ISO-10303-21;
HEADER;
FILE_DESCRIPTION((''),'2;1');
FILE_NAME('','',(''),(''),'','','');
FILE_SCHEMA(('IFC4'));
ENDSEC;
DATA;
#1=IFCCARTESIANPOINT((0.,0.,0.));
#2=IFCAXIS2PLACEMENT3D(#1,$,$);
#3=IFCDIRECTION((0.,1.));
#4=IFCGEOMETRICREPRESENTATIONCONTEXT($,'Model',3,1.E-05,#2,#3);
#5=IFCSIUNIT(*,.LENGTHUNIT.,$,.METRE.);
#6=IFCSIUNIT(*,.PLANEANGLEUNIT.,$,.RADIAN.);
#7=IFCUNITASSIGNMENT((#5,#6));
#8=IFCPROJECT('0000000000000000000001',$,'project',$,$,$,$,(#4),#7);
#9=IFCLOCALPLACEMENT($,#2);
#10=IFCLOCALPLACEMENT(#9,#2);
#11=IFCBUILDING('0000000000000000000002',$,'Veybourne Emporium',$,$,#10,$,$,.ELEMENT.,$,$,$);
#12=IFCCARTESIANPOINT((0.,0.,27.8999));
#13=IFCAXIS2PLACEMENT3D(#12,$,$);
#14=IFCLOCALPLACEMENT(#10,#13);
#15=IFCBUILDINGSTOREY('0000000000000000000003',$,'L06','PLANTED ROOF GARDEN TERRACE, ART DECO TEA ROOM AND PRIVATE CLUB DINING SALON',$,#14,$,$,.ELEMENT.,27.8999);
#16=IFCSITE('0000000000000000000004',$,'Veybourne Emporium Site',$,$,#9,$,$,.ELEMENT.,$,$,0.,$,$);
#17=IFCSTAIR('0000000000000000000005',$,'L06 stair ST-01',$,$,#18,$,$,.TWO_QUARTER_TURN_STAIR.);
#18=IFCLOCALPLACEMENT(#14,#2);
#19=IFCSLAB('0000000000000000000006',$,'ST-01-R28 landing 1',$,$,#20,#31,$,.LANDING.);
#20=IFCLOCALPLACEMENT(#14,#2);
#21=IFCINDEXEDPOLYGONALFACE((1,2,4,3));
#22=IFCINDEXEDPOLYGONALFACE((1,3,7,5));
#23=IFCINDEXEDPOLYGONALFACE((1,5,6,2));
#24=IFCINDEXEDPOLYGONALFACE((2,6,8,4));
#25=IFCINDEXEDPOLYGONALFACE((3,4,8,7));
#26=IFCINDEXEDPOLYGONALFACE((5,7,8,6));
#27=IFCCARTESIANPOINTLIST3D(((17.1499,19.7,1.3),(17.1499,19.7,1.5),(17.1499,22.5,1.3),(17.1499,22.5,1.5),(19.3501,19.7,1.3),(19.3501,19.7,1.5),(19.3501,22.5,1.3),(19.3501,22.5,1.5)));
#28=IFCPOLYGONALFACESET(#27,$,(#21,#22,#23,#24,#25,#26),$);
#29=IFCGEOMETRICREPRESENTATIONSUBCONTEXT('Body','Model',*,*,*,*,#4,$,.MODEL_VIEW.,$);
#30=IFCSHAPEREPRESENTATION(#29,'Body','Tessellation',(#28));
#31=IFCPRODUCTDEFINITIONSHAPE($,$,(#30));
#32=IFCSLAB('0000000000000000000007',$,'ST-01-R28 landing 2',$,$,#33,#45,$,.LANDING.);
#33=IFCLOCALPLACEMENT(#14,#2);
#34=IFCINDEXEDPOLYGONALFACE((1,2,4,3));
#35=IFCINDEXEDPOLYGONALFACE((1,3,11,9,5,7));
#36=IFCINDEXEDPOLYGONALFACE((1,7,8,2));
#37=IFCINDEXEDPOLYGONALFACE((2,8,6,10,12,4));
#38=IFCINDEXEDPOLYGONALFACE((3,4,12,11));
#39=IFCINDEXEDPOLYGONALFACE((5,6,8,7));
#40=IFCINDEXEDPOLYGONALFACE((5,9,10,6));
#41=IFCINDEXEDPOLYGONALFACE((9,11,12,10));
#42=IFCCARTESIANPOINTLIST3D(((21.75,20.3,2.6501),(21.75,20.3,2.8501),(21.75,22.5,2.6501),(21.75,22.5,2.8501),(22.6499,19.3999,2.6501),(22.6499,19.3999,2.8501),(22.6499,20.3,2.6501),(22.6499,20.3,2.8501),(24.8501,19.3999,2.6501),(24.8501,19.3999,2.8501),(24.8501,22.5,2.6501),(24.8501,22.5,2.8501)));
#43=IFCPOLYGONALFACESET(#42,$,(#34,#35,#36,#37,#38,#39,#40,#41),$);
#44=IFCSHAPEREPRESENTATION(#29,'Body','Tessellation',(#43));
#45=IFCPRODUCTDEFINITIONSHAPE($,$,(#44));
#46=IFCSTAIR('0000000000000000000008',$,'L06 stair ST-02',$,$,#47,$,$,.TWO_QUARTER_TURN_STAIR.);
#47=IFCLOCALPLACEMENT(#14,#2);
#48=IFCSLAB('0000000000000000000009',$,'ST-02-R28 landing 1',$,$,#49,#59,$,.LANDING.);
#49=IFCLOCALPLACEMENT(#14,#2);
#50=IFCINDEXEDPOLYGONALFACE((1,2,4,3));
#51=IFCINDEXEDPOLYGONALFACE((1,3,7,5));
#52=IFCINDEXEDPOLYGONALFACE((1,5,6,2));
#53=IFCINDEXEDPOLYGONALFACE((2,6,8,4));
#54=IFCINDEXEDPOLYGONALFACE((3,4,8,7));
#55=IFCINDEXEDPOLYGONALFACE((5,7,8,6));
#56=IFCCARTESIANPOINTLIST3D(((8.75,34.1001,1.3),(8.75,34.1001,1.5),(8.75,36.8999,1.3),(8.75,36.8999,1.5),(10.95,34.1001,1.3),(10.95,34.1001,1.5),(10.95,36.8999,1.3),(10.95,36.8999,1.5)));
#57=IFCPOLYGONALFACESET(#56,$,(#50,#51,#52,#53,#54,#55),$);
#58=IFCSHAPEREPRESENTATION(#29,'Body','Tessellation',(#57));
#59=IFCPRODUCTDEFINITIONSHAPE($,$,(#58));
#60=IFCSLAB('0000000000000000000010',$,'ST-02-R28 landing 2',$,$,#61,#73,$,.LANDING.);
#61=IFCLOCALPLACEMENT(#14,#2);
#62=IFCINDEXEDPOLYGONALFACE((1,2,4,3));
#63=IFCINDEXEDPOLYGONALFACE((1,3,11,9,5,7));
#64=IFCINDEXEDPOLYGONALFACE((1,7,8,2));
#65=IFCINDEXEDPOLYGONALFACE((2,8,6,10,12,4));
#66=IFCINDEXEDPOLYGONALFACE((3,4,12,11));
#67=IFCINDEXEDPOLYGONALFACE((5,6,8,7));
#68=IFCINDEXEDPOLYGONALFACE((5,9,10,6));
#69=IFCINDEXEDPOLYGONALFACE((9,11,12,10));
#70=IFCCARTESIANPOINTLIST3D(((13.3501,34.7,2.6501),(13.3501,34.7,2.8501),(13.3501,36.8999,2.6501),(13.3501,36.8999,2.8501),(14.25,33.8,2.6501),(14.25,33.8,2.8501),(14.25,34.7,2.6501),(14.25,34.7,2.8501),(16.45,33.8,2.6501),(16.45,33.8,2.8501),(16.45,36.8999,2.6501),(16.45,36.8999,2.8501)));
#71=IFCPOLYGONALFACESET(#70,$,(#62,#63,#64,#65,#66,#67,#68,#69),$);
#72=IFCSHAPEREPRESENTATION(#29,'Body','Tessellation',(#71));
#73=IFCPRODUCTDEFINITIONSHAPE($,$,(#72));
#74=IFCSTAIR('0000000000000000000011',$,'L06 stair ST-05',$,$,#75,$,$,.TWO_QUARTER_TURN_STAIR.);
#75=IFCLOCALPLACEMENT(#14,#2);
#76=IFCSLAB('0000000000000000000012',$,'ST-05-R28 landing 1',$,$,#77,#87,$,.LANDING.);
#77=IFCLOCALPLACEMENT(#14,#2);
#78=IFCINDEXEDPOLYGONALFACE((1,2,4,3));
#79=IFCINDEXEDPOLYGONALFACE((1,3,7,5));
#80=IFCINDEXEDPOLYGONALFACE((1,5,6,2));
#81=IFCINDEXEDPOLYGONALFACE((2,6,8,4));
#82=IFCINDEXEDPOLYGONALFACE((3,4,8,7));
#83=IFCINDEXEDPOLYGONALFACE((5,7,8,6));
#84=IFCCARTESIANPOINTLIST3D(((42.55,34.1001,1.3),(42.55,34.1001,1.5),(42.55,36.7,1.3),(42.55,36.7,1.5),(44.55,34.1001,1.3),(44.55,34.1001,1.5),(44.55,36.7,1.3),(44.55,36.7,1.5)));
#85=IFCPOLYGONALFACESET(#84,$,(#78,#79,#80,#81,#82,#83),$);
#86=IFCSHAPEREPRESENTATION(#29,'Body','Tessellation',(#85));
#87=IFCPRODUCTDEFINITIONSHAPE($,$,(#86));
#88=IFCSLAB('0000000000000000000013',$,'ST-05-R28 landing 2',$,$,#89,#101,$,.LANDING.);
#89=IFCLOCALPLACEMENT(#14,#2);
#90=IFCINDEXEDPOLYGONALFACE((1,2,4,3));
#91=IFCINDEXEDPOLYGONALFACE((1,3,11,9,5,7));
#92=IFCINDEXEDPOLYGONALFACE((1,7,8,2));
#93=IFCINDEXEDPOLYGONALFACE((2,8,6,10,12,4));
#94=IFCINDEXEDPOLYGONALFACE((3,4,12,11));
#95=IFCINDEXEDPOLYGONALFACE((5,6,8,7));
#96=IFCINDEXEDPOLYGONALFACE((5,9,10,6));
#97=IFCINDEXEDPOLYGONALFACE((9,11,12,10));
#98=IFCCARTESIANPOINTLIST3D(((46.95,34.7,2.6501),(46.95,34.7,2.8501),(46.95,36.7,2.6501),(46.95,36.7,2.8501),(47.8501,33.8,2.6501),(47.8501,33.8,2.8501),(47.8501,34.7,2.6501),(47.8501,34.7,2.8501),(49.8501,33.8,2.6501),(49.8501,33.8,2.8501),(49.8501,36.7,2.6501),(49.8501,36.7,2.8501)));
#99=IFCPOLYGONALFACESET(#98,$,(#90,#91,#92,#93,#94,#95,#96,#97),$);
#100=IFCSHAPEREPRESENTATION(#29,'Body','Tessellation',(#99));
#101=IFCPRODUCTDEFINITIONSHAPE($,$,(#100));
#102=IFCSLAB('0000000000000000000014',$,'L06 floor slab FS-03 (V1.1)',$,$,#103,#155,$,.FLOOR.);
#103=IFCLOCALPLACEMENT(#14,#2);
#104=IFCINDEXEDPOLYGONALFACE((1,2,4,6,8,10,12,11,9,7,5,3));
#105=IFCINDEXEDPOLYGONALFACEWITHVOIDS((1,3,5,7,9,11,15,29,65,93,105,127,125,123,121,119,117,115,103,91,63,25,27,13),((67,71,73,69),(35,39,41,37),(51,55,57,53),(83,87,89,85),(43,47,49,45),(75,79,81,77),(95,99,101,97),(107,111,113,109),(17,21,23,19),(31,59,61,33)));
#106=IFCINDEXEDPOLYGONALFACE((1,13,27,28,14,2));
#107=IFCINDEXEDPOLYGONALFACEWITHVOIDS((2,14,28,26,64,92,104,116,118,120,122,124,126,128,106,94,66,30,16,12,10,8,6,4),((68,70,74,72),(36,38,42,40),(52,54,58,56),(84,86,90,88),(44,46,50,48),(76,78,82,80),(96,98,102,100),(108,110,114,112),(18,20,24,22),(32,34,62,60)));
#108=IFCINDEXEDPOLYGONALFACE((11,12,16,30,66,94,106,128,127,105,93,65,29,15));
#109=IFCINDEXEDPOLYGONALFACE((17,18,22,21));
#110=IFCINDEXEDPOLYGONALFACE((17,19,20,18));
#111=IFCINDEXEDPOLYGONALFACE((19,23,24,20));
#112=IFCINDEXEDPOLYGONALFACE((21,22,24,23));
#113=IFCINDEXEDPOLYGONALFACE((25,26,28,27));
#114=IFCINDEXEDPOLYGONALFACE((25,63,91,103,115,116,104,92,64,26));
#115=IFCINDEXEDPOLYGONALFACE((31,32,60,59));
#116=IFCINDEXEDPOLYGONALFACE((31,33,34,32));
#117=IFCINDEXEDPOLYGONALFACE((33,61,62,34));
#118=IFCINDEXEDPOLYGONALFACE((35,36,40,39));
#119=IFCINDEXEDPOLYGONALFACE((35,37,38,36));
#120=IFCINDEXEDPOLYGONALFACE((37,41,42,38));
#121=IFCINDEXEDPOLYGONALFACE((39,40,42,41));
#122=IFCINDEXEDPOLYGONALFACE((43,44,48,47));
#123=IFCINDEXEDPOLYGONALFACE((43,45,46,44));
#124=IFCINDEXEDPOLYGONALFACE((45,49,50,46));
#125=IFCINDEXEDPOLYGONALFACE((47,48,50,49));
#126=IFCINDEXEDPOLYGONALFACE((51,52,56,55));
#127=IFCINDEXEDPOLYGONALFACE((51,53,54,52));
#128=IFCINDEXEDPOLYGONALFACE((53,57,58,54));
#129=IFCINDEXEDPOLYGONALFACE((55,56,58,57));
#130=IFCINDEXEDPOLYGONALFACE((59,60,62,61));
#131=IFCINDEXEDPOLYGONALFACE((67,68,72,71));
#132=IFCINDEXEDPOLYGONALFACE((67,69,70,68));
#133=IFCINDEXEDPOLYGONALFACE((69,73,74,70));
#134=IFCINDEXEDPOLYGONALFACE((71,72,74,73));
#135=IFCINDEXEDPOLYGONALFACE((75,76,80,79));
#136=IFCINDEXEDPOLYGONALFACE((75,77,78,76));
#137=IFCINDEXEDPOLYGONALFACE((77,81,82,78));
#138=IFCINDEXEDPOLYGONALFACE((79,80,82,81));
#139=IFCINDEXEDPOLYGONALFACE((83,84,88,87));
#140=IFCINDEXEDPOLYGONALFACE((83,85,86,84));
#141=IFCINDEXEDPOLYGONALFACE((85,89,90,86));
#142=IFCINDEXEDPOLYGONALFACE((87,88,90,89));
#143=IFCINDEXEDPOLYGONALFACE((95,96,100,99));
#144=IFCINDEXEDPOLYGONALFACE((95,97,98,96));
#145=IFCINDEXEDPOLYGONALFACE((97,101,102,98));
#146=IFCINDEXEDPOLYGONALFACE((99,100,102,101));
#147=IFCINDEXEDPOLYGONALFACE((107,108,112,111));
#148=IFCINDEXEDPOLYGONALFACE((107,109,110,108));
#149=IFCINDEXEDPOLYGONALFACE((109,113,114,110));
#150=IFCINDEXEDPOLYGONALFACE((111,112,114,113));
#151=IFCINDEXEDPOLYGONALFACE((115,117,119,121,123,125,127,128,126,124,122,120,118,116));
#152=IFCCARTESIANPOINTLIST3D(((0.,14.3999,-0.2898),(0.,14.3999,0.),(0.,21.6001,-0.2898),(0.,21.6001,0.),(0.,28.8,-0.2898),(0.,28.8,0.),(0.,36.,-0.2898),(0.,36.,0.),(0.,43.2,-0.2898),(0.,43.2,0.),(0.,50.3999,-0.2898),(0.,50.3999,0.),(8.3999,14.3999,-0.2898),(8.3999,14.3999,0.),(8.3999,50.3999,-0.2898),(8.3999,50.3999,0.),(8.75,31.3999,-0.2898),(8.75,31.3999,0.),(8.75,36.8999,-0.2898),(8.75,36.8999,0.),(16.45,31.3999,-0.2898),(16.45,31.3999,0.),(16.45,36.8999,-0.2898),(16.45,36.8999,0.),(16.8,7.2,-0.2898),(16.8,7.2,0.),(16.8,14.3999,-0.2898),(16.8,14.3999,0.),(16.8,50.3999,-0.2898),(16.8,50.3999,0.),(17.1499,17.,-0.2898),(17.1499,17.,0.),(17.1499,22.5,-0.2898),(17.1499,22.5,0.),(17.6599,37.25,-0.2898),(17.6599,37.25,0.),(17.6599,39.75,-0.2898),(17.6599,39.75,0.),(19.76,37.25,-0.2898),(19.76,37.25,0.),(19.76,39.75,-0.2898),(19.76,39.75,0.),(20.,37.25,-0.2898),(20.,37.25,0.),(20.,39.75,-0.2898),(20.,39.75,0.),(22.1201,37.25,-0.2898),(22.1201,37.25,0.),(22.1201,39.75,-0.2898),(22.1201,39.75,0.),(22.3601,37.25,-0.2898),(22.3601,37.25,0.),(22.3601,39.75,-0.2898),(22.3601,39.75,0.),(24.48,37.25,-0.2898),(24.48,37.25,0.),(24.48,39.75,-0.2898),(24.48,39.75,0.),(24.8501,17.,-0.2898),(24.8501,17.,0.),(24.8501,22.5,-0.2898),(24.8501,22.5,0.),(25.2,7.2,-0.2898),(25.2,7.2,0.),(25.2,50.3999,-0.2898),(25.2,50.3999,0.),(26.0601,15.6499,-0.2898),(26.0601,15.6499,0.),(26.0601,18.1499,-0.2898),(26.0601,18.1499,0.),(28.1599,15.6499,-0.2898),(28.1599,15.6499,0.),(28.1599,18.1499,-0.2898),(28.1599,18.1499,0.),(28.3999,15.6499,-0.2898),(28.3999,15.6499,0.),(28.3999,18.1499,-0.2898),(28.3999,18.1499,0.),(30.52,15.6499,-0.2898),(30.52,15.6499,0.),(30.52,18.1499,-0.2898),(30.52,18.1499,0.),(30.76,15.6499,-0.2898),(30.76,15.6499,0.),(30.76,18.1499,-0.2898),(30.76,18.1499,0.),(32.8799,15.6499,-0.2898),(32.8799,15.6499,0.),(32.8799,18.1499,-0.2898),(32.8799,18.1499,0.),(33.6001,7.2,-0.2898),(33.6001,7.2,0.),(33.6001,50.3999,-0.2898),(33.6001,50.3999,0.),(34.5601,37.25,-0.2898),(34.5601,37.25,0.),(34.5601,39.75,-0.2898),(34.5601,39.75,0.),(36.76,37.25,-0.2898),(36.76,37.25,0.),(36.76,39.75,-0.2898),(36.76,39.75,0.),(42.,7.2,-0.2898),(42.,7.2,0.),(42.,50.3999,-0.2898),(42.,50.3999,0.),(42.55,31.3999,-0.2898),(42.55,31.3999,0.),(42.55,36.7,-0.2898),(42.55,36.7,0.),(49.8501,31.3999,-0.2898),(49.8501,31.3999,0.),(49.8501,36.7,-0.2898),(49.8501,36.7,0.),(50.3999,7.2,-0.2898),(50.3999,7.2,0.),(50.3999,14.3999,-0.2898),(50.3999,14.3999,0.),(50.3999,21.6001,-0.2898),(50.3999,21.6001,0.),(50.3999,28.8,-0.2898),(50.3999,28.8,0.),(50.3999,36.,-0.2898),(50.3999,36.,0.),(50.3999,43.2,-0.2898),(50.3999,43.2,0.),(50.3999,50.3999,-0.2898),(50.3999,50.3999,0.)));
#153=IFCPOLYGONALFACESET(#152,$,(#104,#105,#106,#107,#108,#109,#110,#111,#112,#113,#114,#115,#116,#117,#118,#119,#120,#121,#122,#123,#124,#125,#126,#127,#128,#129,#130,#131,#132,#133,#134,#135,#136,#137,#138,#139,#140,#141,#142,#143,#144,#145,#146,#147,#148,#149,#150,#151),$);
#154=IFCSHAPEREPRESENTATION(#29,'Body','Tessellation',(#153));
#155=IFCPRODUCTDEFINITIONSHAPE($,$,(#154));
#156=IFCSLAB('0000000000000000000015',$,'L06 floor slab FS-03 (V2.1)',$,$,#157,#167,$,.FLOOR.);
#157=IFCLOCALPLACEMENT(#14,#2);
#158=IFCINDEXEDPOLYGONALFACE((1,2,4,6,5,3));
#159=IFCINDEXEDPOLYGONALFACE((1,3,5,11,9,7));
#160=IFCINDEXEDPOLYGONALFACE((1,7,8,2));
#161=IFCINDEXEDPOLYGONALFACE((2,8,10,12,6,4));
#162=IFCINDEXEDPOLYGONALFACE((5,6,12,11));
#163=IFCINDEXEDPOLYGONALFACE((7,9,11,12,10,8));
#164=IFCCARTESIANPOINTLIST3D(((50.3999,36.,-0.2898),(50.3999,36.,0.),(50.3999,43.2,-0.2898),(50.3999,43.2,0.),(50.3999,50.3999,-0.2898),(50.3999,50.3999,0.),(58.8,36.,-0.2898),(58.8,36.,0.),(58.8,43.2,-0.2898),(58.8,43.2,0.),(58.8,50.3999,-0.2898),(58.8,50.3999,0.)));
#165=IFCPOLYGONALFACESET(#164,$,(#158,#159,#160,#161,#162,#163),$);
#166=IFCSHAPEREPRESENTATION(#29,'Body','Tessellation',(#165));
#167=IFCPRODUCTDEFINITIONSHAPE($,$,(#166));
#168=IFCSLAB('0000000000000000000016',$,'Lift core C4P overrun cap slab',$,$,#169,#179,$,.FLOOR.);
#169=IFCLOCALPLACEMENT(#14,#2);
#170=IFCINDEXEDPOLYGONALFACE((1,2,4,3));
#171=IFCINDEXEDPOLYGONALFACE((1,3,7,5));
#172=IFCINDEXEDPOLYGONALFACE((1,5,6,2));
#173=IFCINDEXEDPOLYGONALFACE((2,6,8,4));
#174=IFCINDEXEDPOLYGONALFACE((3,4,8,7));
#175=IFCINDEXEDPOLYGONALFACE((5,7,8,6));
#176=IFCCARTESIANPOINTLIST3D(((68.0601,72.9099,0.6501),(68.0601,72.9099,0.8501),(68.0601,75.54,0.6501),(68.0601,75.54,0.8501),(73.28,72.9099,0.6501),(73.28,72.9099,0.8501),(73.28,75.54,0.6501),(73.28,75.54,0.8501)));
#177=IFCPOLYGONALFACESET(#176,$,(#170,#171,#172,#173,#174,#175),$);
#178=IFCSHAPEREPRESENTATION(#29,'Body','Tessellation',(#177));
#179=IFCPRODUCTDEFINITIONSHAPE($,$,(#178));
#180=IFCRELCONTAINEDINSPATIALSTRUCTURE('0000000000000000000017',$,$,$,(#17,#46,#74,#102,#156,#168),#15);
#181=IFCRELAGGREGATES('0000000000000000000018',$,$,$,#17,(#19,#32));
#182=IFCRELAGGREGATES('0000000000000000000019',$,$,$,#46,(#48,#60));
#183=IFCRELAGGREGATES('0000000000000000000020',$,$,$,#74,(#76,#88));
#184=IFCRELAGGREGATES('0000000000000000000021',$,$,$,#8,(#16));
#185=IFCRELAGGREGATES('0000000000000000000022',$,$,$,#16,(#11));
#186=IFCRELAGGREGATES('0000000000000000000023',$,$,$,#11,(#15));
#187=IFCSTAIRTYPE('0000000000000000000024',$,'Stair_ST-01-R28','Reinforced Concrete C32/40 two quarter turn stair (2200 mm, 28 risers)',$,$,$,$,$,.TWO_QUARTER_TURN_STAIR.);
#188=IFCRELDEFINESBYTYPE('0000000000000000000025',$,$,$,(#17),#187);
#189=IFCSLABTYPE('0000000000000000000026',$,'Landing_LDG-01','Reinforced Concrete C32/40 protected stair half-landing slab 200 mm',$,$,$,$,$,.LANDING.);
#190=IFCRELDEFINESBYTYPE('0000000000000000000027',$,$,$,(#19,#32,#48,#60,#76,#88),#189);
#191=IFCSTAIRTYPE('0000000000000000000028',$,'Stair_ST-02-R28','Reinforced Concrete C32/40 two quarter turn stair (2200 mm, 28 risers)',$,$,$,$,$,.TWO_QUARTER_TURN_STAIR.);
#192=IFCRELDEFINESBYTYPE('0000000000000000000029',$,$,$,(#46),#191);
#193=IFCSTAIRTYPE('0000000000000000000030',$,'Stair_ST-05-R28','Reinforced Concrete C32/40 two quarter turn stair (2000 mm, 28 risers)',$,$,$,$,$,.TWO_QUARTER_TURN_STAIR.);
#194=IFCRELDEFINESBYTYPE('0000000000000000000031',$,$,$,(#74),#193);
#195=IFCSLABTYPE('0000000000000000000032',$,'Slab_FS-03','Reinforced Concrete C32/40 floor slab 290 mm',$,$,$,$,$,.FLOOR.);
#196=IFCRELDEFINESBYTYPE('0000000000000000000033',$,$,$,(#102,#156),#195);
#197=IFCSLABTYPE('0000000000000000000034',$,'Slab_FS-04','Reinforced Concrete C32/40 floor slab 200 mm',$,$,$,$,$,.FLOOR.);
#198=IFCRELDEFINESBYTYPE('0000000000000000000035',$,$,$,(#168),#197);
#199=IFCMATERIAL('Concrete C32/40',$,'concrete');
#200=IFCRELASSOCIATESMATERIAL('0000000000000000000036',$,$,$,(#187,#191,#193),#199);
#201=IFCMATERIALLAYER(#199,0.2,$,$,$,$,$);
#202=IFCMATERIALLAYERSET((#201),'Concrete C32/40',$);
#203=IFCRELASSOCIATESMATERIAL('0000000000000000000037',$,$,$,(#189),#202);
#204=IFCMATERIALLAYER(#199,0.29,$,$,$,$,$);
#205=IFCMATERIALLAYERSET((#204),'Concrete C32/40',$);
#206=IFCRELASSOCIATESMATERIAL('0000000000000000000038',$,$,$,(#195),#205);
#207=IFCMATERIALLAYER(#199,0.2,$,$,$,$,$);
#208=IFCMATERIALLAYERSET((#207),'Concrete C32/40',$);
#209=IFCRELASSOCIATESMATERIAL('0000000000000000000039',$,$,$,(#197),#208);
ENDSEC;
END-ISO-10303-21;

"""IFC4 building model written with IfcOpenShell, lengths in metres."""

from ifc_helpers import new_model, si_unit, direction, frame, origin, place, context, subcontext, project, spatial, polyline, outline, extrude, material, layer, layer_set, type_object, element, aggregate, save


model = new_model("IFC4")

# Units and contexts
model_context = context("Model", 3, precision=1e-05, world=origin(), true_north=direction((0.0, 1.0)))
body_context = subcontext(model_context, "Body", "Model", "MODEL_VIEW")
ifc_project = project(units=[si_unit("LENGTHUNIT", "METRE"), si_unit("PLANEANGLEUNIT", "RADIAN")], contexts=[model_context])

# Site, building, storey
site_placement = place(None, origin())
site = spatial("IfcSite", under=ifc_project, at=site_placement, Name="Veybourne Emporium Site", CompositionType="ELEMENT", RefElevation=0.0)
building_placement = place(site_placement, origin())
building = spatial("IfcBuilding", under=site, at=building_placement, Name="Veybourne Emporium", CompositionType="ELEMENT")
storey_placement = place(building_placement, frame((0.0, 0.0, 27.8999)))
storey = spatial("IfcBuildingStorey", under=building, at=storey_placement, Name="L06", Description="PLANTED ROOF GARDEN TERRACE, ART DECO TEA ROOM AND PRIVATE CLUB DINING SALON", CompositionType="ELEMENT", Elevation=27.8999)

# Stairs, slabs
ifc_material_1 = material(Name="Concrete C32/40", Category="concrete")
stair_type_1 = type_object("IfcStairType", Name="Stair_ST-01-R28", Description="Reinforced Concrete C32/40 two quarter turn stair (2200 mm, 28 risers)", PredefinedType="TWO_QUARTER_TURN_STAIR", material=ifc_material_1)
stair_1_placement = place(storey_placement, origin())
stair_1 = element("IfcStair", 1, at=stair_1_placement, inside=storey, type_object=stair_type_1, Name="L06 stair ST-01", PredefinedType="TWO_QUARTER_TURN_STAIR")
ifc_layer_1 = layer(ifc_material_1, 0.2)
ifc_layer_set_1 = layer_set([ifc_layer_1], Name="Concrete C32/40")
slab_type_1 = type_object("IfcSlabType", Name="Landing_LDG-01", Description="Reinforced Concrete C32/40 protected stair half-landing slab 200 mm", PredefinedType="LANDING", material=ifc_layer_set_1)
slab_1_placement = place(storey_placement, frame((0.0, 0.0, 1.3)))
slab_1 = element("IfcSlab", 2, at=slab_1_placement, type_object=slab_type_1, Name="ST-01-R28 landing 1", PredefinedType="LANDING", context=body_context, shape_type="SweptSolid", body=[
    extrude(outline(polyline([(17.1499, 19.7), (19.3501, 19.7), (19.3501, 22.5), (17.1499, 22.5), (17.1499, 19.7)])), origin(), (0.0, 0.0, 1.0), 0.2),
])
slab_2_placement = place(storey_placement, frame((0.0, 0.0, 2.6501)))
slab_2 = element("IfcSlab", 3, at=slab_2_placement, type_object=slab_type_1, Name="ST-01-R28 landing 2", PredefinedType="LANDING", context=body_context, shape_type="SweptSolid", body=[
    extrude(outline(polyline([(21.75, 20.3), (22.6499, 20.3), (22.6499, 19.3999), (24.8501, 19.3999), (24.8501, 22.5), (21.75, 22.5), (21.75, 20.3)])), origin(), (0.0, 0.0, 1.0), 0.2),
])
aggregate(stair_1, [slab_1, slab_2])
stair_type_2 = type_object("IfcStairType", Name="Stair_ST-02-R28", Description="Reinforced Concrete C32/40 two quarter turn stair (2200 mm, 28 risers)", PredefinedType="TWO_QUARTER_TURN_STAIR", material=ifc_material_1)
stair_2_placement = place(storey_placement, origin())
stair_2 = element("IfcStair", 4, at=stair_2_placement, inside=storey, type_object=stair_type_2, Name="L06 stair ST-02", PredefinedType="TWO_QUARTER_TURN_STAIR")
slab_3_placement = place(storey_placement, frame((0.0, 0.0, 1.3)))
slab_3 = element("IfcSlab", 5, at=slab_3_placement, type_object=slab_type_1, Name="ST-02-R28 landing 1", PredefinedType="LANDING", context=body_context, shape_type="SweptSolid", body=[
    extrude(outline(polyline([(8.75, 34.1001), (10.95, 34.1001), (10.95, 36.8999), (8.75, 36.8999), (8.75, 34.1001)])), origin(), (0.0, 0.0, 1.0), 0.2),
])
slab_4_placement = place(storey_placement, frame((0.0, 0.0, 2.6501)))
slab_4 = element("IfcSlab", 6, at=slab_4_placement, type_object=slab_type_1, Name="ST-02-R28 landing 2", PredefinedType="LANDING", context=body_context, shape_type="SweptSolid", body=[
    extrude(outline(polyline([(13.3501, 34.7), (14.25, 34.7), (14.25, 33.8), (16.45, 33.8), (16.45, 36.8999), (13.3501, 36.8999), (13.3501, 34.7)])), origin(), (0.0, 0.0, 1.0), 0.2),
])
aggregate(stair_2, [slab_3, slab_4])
stair_type_3 = type_object("IfcStairType", Name="Stair_ST-05-R28", Description="Reinforced Concrete C32/40 two quarter turn stair (2000 mm, 28 risers)", PredefinedType="TWO_QUARTER_TURN_STAIR", material=ifc_material_1)
stair_3_placement = place(storey_placement, origin())
stair_3 = element("IfcStair", 7, at=stair_3_placement, inside=storey, type_object=stair_type_3, Name="L06 stair ST-05", PredefinedType="TWO_QUARTER_TURN_STAIR")
slab_5_placement = place(storey_placement, frame((0.0, 0.0, 1.3)))
slab_5 = element("IfcSlab", 8, at=slab_5_placement, type_object=slab_type_1, Name="ST-05-R28 landing 1", PredefinedType="LANDING", context=body_context, shape_type="SweptSolid", body=[
    extrude(outline(polyline([(42.55, 34.1001), (44.55, 34.1001), (44.55, 36.7), (42.55, 36.7), (42.55, 34.1001)])), origin(), (0.0, 0.0, 1.0), 0.2),
])
slab_6_placement = place(storey_placement, frame((0.0, 0.0, 2.6501)))
slab_6 = element("IfcSlab", 9, at=slab_6_placement, type_object=slab_type_1, Name="ST-05-R28 landing 2", PredefinedType="LANDING", context=body_context, shape_type="SweptSolid", body=[
    extrude(outline(polyline([(46.95, 34.7), (47.8501, 34.7), (47.8501, 33.8), (49.8501, 33.8), (49.8501, 36.7), (46.95, 36.7), (46.95, 34.7)])), origin(), (0.0, 0.0, 1.0), 0.2),
])
aggregate(stair_3, [slab_5, slab_6])

# Slabs
ifc_layer_2 = layer(ifc_material_1, 0.29)
ifc_layer_set_2 = layer_set([ifc_layer_2], Name="Concrete C32/40")
slab_type_2 = type_object("IfcSlabType", Name="Slab_FS-03", Description="Reinforced Concrete C32/40 floor slab 290 mm", PredefinedType="FLOOR", material=ifc_layer_set_2)
slab_7_placement = place(storey_placement, frame((0.0, 0.0, -0.2898)))
element("IfcSlab", 10, at=slab_7_placement, inside=storey, type_object=slab_type_2, Name="L06 floor slab FS-03 (V1.1)", PredefinedType="FLOOR", context=body_context, shape_type="SweptSolid", body=[
    extrude(outline(polyline([(0.0, 21.6001), (0.0, 28.8), (0.0, 36.0), (0.0, 43.2), (0.0, 50.3999), (8.3999, 50.3999), (16.8, 50.3999), (25.2, 50.3999), (33.6001, 50.3999), (42.0, 50.3999), (50.3999, 50.3999), (50.3999, 43.2), (50.3999, 36.0), (50.3999, 28.8), (50.3999, 21.6001), (50.3999, 14.3999), (50.3999, 7.2), (42.0, 7.2), (33.6001, 7.2), (25.2, 7.2), (16.8, 7.2), (16.8, 14.3999), (8.3999, 14.3999), (0.0, 14.3999), (0.0, 21.6001)]), holes=[polyline([(28.1599, 18.1499), (26.0601, 18.1499), (26.0601, 15.6499), (28.1599, 15.6499), (28.1599, 18.1499)]), polyline([(30.52, 18.1499), (28.3999, 18.1499), (28.3999, 15.6499), (30.52, 15.6499), (30.52, 18.1499)]), polyline([(32.8799, 18.1499), (30.76, 18.1499), (30.76, 15.6499), (32.8799, 15.6499), (32.8799, 18.1499)]), polyline([(24.8501, 17.0), (24.8501, 22.5), (17.1499, 22.5), (17.1499, 17.0), (24.8501, 17.0)]), polyline([(49.8501, 31.3999), (49.8501, 36.7), (42.55, 36.7), (42.55, 31.3999), (49.8501, 31.3999)]), polyline([(16.45, 36.8999), (8.75, 36.8999), (8.75, 31.3999), (16.45, 31.3999), (16.45, 36.8999)]), polyline([(19.76, 39.75), (17.6599, 39.75), (17.6599, 37.25), (19.76, 37.25), (19.76, 39.75)]), polyline([(22.1201, 39.75), (20.0, 39.75), (20.0, 37.25), (22.1201, 37.25), (22.1201, 39.75)]), polyline([(24.48, 37.25), (24.48, 39.75), (22.3601, 39.75), (22.3601, 37.25), (24.48, 37.25)]), polyline([(36.76, 37.25), (36.76, 39.75), (34.5601, 39.75), (34.5601, 37.25), (36.76, 37.25)])]), origin(), (0.0, 0.0, 1.0), 0.2898),
])
slab_8_placement = place(storey_placement, frame((0.0, 0.0, -0.2898)))
element("IfcSlab", 11, at=slab_8_placement, inside=storey, type_object=slab_type_2, Name="L06 floor slab FS-03 (V2.1)", PredefinedType="FLOOR", context=body_context, shape_type="SweptSolid", body=[
    extrude(outline(polyline([(50.3999, 36.0), (50.3999, 43.2), (50.3999, 50.3999), (58.8, 50.3999), (58.8, 43.2), (58.8, 36.0), (50.3999, 36.0)])), origin(), (0.0, 0.0, 1.0), 0.2898),
])
ifc_layer_3 = layer(ifc_material_1, 0.2)
ifc_layer_set_3 = layer_set([ifc_layer_3], Name="Concrete C32/40")
slab_type_3 = type_object("IfcSlabType", Name="Slab_FS-04", Description="Reinforced Concrete C32/40 floor slab 200 mm", PredefinedType="FLOOR", material=ifc_layer_set_3)
slab_9_placement = place(storey_placement, frame((0.0, 0.0, 0.6501)))
element("IfcSlab", 12, at=slab_9_placement, inside=storey, type_object=slab_type_3, Name="Lift core C4P overrun cap slab", PredefinedType="FLOOR", context=body_context, shape_type="SweptSolid", body=[
    extrude(outline(polyline([(68.0601, 72.9099), (73.28, 72.9099), (73.28, 75.54), (68.0601, 75.54), (68.0601, 72.9099)])), origin(), (0.0, 0.0, 1.0), 0.2),
])

save(model, "model.ifc")
